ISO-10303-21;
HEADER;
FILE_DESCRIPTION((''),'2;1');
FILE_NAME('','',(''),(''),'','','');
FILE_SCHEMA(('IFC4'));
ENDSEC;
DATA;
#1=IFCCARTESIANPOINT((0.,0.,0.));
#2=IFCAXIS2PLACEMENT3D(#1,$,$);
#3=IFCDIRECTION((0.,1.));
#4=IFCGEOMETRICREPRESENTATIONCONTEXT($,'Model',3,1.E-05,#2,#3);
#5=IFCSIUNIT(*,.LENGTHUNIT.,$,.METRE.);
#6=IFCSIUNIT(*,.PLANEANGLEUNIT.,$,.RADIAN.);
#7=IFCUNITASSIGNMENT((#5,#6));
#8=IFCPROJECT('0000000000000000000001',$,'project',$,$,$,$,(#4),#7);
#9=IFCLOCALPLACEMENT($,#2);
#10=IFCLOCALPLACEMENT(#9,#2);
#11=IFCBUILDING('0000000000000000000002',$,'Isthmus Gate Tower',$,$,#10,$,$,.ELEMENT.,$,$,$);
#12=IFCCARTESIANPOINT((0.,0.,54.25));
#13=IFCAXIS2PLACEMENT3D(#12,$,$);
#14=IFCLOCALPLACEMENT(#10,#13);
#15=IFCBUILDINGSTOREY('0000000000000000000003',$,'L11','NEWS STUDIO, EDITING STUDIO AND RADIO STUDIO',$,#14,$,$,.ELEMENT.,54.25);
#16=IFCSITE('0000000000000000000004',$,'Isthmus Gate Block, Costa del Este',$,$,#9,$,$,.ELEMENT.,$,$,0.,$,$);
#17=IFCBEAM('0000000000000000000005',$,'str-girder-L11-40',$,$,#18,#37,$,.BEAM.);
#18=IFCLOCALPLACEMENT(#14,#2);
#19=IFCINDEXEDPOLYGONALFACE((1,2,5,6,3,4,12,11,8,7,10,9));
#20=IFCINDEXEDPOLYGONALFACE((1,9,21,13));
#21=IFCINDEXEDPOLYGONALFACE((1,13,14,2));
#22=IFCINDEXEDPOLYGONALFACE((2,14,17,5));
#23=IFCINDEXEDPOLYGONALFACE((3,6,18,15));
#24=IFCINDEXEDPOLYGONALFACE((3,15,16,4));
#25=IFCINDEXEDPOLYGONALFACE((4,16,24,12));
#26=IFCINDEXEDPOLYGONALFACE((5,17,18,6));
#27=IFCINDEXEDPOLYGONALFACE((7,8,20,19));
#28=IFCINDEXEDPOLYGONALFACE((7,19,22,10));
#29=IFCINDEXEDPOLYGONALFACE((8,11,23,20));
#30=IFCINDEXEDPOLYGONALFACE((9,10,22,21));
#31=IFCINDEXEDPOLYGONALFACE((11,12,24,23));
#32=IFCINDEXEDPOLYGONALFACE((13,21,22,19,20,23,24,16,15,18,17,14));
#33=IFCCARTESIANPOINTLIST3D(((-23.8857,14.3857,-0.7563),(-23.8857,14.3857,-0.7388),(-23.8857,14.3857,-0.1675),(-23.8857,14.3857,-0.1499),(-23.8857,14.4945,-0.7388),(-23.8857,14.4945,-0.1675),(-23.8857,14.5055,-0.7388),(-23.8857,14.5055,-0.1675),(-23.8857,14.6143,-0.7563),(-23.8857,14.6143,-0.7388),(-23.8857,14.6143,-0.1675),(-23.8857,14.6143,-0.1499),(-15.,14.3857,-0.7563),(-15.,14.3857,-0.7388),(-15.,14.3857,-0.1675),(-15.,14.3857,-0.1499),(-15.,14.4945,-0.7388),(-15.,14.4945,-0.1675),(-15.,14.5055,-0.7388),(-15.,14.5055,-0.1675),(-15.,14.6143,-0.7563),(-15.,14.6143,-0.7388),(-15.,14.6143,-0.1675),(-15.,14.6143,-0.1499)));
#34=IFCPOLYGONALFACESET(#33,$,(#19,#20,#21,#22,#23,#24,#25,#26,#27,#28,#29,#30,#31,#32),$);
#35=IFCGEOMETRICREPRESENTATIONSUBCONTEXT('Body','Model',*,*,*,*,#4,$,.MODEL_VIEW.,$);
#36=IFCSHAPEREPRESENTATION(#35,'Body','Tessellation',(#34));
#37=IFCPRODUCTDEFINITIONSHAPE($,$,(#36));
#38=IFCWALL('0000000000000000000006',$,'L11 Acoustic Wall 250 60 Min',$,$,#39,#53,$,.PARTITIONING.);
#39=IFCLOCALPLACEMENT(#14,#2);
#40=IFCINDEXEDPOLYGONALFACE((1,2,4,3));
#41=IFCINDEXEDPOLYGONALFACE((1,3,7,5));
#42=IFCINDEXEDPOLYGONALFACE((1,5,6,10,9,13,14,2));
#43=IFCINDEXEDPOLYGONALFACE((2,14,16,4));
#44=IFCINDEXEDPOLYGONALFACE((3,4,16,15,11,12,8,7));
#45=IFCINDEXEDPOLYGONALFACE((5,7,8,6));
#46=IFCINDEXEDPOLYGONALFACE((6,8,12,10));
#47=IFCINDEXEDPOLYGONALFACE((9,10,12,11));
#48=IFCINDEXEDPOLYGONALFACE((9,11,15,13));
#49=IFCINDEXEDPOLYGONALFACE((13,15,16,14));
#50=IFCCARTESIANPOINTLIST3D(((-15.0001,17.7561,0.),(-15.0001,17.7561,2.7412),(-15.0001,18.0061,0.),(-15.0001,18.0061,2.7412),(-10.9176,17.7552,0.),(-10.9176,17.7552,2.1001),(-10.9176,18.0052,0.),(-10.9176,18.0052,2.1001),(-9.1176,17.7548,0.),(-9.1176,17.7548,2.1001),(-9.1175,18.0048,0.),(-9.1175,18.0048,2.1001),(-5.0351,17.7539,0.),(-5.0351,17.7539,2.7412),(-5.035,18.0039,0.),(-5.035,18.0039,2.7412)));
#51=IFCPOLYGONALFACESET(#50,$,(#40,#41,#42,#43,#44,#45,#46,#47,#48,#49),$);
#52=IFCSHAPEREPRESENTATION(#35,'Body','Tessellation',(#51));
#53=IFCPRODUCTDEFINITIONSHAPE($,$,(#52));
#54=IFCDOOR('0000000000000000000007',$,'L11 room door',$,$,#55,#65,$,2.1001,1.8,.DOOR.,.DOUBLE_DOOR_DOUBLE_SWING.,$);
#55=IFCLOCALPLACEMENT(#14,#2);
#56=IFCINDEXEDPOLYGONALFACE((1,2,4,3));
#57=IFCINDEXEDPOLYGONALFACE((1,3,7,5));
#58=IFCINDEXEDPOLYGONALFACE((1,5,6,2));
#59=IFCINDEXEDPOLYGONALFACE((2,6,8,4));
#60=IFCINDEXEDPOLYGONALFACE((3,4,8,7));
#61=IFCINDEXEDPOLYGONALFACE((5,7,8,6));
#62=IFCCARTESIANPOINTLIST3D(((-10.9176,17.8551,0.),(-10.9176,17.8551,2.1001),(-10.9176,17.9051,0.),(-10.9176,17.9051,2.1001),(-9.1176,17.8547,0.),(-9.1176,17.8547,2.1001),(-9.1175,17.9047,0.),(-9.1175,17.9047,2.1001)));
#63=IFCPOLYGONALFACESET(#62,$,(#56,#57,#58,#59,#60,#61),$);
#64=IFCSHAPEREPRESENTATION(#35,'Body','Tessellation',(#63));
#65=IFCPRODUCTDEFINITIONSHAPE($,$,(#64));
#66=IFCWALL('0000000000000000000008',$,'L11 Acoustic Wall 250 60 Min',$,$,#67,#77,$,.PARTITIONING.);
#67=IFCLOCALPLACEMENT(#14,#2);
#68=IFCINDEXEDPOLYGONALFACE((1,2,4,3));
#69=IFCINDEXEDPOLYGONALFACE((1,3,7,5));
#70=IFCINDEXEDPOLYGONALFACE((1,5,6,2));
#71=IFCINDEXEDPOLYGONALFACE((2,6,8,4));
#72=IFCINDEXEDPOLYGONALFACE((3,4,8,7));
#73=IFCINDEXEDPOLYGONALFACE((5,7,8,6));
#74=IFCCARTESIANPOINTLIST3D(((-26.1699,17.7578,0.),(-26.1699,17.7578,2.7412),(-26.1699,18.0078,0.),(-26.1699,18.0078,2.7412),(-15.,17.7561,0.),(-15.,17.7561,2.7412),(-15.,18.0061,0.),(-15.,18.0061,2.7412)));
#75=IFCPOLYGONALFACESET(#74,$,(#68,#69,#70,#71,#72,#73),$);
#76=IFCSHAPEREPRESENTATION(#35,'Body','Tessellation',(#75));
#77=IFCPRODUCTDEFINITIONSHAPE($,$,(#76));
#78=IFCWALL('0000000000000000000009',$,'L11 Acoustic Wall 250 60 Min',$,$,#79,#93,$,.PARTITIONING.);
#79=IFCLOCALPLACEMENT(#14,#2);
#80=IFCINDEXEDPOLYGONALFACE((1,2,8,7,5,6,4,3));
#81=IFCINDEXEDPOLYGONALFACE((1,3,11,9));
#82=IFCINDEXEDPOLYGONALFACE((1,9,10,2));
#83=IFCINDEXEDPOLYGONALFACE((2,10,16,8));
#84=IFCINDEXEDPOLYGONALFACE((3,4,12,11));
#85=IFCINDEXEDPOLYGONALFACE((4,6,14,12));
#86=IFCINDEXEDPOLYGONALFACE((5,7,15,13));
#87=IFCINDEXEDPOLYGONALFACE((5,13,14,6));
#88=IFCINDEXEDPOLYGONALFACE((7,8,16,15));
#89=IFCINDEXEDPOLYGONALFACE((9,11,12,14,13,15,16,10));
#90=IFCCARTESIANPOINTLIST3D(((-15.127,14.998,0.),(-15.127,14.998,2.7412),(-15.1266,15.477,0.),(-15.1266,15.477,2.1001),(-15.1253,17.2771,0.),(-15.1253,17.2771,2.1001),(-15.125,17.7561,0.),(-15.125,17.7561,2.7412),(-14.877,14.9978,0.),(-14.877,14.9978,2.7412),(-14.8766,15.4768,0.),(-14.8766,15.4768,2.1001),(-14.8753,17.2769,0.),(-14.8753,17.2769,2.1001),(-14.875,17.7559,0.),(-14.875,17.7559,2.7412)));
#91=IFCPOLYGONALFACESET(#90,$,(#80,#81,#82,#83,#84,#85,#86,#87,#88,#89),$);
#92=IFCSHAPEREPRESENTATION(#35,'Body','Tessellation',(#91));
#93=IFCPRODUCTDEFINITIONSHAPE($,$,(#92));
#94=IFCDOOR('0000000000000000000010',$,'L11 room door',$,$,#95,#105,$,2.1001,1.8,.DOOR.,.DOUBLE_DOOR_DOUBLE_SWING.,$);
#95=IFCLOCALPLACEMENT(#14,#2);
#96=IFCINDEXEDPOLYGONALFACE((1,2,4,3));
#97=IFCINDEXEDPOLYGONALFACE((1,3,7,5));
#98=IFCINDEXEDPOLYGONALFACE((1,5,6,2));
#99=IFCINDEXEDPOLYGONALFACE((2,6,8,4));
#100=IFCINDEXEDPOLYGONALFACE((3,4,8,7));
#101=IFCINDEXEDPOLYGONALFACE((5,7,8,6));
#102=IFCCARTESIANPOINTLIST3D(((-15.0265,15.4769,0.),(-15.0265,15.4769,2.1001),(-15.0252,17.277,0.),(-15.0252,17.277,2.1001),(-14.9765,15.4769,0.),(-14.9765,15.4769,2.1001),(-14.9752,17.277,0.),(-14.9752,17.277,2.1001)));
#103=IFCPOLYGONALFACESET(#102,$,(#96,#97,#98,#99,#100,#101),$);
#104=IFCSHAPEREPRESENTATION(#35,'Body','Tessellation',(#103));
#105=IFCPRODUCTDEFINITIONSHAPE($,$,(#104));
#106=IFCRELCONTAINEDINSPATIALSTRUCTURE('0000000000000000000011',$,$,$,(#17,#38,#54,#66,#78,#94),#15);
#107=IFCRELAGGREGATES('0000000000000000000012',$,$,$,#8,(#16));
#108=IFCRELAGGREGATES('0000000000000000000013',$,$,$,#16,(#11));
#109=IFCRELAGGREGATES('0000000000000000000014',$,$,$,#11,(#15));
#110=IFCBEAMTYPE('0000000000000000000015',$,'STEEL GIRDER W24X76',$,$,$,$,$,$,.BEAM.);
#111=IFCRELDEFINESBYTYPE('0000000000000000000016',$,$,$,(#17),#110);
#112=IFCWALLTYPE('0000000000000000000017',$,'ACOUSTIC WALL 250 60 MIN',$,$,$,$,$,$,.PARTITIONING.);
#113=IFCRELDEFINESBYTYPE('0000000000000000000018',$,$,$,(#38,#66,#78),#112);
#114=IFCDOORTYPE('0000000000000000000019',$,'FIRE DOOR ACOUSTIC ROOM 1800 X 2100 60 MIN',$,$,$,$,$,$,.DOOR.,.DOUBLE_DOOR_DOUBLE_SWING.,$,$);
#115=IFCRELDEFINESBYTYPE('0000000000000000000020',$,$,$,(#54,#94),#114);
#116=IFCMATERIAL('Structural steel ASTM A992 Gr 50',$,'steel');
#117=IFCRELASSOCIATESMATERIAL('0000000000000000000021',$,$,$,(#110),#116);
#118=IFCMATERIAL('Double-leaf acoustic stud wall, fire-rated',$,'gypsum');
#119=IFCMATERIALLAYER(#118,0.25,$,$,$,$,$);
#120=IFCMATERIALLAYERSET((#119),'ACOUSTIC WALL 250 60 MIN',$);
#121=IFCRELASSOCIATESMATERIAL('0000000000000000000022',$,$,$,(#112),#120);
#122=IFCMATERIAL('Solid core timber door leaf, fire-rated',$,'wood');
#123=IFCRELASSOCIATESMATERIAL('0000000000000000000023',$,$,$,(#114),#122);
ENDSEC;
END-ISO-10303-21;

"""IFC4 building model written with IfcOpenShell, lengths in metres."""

from ifc_helpers import new_model, si_unit, direction, frame, frame_2d, origin, origin_2d, place, context, subcontext, project, spatial, rectangle, i_section, extrude, material, layer, layer_set, material_profile, profile_set, type_object, element, fill, save


model = new_model("IFC4")

# Units and contexts
model_context = context("Model", 3, precision=1e-05, world=origin(), true_north=direction((0.0, 1.0)))
body_context = subcontext(model_context, "Body", "Model", "MODEL_VIEW")
ifc_project = project(units=[si_unit("LENGTHUNIT", "METRE"), si_unit("PLANEANGLEUNIT", "RADIAN")], contexts=[model_context])

# Site, building, storey
site_placement = place(None, origin())
site = spatial("IfcSite", under=ifc_project, at=site_placement, Name="Isthmus Gate Block, Costa del Este", CompositionType="ELEMENT", RefElevation=0.0)
building_placement = place(site_placement, origin())
building = spatial("IfcBuilding", under=site, at=building_placement, Name="Isthmus Gate Tower", CompositionType="ELEMENT")
storey_placement = place(building_placement, frame((0.0, 0.0, 54.25)))
storey = spatial("IfcBuildingStorey", under=building, at=storey_placement, Name="L11", Description="NEWS STUDIO, EDITING STUDIO AND RADIO STUDIO", CompositionType="ELEMENT", Elevation=54.25)

# Beam
ifc_material_1 = material(Name="Structural steel ASTM A992 Gr 50", Category="steel")
ifc_material_profile_1 = material_profile(ifc_material_1, i_section(OverallWidth=0.2285, OverallDepth=0.6064, WebThickness=0.011, FlangeThickness=0.0176, at=origin_2d()), Name="W24X76")
ifc_profile_set_1 = profile_set([ifc_material_profile_1], Name="Structural steel ASTM A992 Gr 50")
beam_type_1 = type_object("IfcBeamType", Name="STEEL GIRDER W24X76", PredefinedType="BEAM", material=ifc_profile_set_1)
beam_1_placement = place(storey_placement, frame((-15.0, 14.5, -0.4531), z_axis=(-1.0, 0.0, 0.0), x_axis=(0.0, -1.0, 0.0)))
element("IfcBeam", 1, at=beam_1_placement, inside=storey, type_object=beam_type_1, Name="str-girder-L11-40", PredefinedType="BEAM", context=body_context, shape_type="SweptSolid", body=[
    extrude(i_section(OverallWidth=0.2285, OverallDepth=0.6064, WebThickness=0.011, FlangeThickness=0.0176, at=origin_2d()), origin(), (0.0, 0.0, 1.0), 8.8857),
])

# Wall, opening, door
ifc_material_2 = material(Name="Double-leaf acoustic stud wall, fire-rated", Category="gypsum")
ifc_layer_1 = layer(ifc_material_2, 0.25)
ifc_layer_set_1 = layer_set([ifc_layer_1], Name="ACOUSTIC WALL 250 60 MIN")
wall_type_1 = type_object("IfcWallType", Name="ACOUSTIC WALL 250 60 MIN", PredefinedType="PARTITIONING", material=ifc_layer_set_1)
wall_1_placement = place(storey_placement, frame((-15.0, 17.8811, 0.0), z_axis=(0.0, 0.0, 1.0), x_axis=(1.0, -0.00022, 0.0)))
wall_1 = element("IfcWall", 2, at=wall_1_placement, inside=storey, type_object=wall_type_1, Name="L11 Acoustic Wall 250 60 Min", PredefinedType="PARTITIONING", context=body_context, shape_type="SweptSolid", body=[
    extrude(rectangle(XDim=9.9651, YDim=0.25, at=frame_2d((4.9824, 0.0))), origin(), (0.0, 0.0, 1.0), 2.7412),
])
opening_1_placement = place(wall_1_placement, frame((4.0825, 0.0, 0.0)))
opening_1 = element("IfcOpeningElement", 3, at=opening_1_placement, cuts=wall_1, PredefinedType="OPENING", context=body_context, shape_type="SweptSolid", body=[
    extrude(rectangle(XDim=1.8, YDim=2.1001, at=frame_2d((0.8999, 1.05))), frame((0.0, 0.135, 0.0), z_axis=(0.0, -1.0, 0.0), x_axis=(1.0, 0.0, 0.0)), (0.0, 0.0, 1.0), 0.27),
])
ifc_material_3 = material(Name="Solid core timber door leaf, fire-rated", Category="wood")
door_type_1 = type_object("IfcDoorType", Name="FIRE DOOR ACOUSTIC ROOM 1800 X 2100 60 MIN", OperationType="DOUBLE_DOOR_DOUBLE_SWING", PredefinedType="DOOR", material=ifc_material_3)
door_1_placement = place(opening_1_placement, origin())
door_1 = element("IfcDoor", 4, at=door_1_placement, inside=storey, type_object=door_type_1, Name="L11 room door", OperationType="DOUBLE_DOOR_DOUBLE_SWING", OverallHeight=2.1001, OverallWidth=1.8, PredefinedType="DOOR", context=body_context, shape_type="SweptSolid", body=[
    extrude(rectangle(XDim=1.8, YDim=2.1001, at=frame_2d((0.8999, 1.05))), frame((0.0, 0.0249, 0.0), z_axis=(0.0, -1.0, 0.0), x_axis=(1.0, 0.0, 0.0)), (0.0, 0.0, 1.0), 0.05),
])
fill(opening_1, door_1)

# Wall
wall_2_placement = place(storey_placement, frame((-26.1699, 17.8828, 0.0), z_axis=(0.0, 0.0, 1.0), x_axis=(1.0, -0.000153, 0.0)))
element("IfcWall", 5, at=wall_2_placement, inside=storey, type_object=wall_type_1, Name="L11 Acoustic Wall 250 60 Min", PredefinedType="PARTITIONING", context=body_context, shape_type="SweptSolid", body=[
    extrude(rectangle(XDim=11.1699, YDim=0.25, at=frame_2d((5.585, 0.0))), origin(), (0.0, 0.0, 1.0), 2.7412),
])

# Wall, opening, door
wall_3_placement = place(storey_placement, frame((-15.002, 14.998, 0.0), z_axis=(0.0, 0.0, 1.0), x_axis=(0.000708, 1.0, 0.0)))
wall_3 = element("IfcWall", 6, at=wall_3_placement, inside=storey, type_object=wall_type_1, Name="L11 Acoustic Wall 250 60 Min", PredefinedType="PARTITIONING", context=body_context, shape_type="SweptSolid", body=[
    extrude(rectangle(XDim=2.7581, YDim=0.25, at=frame_2d((1.3789, 0.0))), origin(), (0.0, 0.0, 1.0), 2.7412),
])
opening_2_placement = place(wall_3_placement, frame((0.479, 0.0, 0.0)))
opening_2 = element("IfcOpeningElement", 7, at=opening_2_placement, cuts=wall_3, PredefinedType="OPENING", context=body_context, shape_type="SweptSolid", body=[
    extrude(rectangle(XDim=1.8, YDim=2.1001, at=frame_2d((0.8999, 1.05))), frame((0.0, 0.135, 0.0), z_axis=(0.0, -1.0, 0.0), x_axis=(1.0, 0.0, 0.0)), (0.0, 0.0, 1.0), 0.27),
])
door_2_placement = place(opening_2_placement, origin())
door_2 = element("IfcDoor", 8, at=door_2_placement, inside=storey, type_object=door_type_1, Name="L11 room door", OperationType="DOUBLE_DOOR_DOUBLE_SWING", OverallHeight=2.1001, OverallWidth=1.8, PredefinedType="DOOR", context=body_context, shape_type="SweptSolid", body=[
    extrude(rectangle(XDim=1.8, YDim=2.1001, at=frame_2d((0.8999, 1.05))), frame((0.0, 0.0249, 0.0), z_axis=(0.0, -1.0, 0.0), x_axis=(1.0, 0.0, 0.0)), (0.0, 0.0, 1.0), 0.05),
])
fill(opening_2, door_2)

save(model, "model.ifc")
